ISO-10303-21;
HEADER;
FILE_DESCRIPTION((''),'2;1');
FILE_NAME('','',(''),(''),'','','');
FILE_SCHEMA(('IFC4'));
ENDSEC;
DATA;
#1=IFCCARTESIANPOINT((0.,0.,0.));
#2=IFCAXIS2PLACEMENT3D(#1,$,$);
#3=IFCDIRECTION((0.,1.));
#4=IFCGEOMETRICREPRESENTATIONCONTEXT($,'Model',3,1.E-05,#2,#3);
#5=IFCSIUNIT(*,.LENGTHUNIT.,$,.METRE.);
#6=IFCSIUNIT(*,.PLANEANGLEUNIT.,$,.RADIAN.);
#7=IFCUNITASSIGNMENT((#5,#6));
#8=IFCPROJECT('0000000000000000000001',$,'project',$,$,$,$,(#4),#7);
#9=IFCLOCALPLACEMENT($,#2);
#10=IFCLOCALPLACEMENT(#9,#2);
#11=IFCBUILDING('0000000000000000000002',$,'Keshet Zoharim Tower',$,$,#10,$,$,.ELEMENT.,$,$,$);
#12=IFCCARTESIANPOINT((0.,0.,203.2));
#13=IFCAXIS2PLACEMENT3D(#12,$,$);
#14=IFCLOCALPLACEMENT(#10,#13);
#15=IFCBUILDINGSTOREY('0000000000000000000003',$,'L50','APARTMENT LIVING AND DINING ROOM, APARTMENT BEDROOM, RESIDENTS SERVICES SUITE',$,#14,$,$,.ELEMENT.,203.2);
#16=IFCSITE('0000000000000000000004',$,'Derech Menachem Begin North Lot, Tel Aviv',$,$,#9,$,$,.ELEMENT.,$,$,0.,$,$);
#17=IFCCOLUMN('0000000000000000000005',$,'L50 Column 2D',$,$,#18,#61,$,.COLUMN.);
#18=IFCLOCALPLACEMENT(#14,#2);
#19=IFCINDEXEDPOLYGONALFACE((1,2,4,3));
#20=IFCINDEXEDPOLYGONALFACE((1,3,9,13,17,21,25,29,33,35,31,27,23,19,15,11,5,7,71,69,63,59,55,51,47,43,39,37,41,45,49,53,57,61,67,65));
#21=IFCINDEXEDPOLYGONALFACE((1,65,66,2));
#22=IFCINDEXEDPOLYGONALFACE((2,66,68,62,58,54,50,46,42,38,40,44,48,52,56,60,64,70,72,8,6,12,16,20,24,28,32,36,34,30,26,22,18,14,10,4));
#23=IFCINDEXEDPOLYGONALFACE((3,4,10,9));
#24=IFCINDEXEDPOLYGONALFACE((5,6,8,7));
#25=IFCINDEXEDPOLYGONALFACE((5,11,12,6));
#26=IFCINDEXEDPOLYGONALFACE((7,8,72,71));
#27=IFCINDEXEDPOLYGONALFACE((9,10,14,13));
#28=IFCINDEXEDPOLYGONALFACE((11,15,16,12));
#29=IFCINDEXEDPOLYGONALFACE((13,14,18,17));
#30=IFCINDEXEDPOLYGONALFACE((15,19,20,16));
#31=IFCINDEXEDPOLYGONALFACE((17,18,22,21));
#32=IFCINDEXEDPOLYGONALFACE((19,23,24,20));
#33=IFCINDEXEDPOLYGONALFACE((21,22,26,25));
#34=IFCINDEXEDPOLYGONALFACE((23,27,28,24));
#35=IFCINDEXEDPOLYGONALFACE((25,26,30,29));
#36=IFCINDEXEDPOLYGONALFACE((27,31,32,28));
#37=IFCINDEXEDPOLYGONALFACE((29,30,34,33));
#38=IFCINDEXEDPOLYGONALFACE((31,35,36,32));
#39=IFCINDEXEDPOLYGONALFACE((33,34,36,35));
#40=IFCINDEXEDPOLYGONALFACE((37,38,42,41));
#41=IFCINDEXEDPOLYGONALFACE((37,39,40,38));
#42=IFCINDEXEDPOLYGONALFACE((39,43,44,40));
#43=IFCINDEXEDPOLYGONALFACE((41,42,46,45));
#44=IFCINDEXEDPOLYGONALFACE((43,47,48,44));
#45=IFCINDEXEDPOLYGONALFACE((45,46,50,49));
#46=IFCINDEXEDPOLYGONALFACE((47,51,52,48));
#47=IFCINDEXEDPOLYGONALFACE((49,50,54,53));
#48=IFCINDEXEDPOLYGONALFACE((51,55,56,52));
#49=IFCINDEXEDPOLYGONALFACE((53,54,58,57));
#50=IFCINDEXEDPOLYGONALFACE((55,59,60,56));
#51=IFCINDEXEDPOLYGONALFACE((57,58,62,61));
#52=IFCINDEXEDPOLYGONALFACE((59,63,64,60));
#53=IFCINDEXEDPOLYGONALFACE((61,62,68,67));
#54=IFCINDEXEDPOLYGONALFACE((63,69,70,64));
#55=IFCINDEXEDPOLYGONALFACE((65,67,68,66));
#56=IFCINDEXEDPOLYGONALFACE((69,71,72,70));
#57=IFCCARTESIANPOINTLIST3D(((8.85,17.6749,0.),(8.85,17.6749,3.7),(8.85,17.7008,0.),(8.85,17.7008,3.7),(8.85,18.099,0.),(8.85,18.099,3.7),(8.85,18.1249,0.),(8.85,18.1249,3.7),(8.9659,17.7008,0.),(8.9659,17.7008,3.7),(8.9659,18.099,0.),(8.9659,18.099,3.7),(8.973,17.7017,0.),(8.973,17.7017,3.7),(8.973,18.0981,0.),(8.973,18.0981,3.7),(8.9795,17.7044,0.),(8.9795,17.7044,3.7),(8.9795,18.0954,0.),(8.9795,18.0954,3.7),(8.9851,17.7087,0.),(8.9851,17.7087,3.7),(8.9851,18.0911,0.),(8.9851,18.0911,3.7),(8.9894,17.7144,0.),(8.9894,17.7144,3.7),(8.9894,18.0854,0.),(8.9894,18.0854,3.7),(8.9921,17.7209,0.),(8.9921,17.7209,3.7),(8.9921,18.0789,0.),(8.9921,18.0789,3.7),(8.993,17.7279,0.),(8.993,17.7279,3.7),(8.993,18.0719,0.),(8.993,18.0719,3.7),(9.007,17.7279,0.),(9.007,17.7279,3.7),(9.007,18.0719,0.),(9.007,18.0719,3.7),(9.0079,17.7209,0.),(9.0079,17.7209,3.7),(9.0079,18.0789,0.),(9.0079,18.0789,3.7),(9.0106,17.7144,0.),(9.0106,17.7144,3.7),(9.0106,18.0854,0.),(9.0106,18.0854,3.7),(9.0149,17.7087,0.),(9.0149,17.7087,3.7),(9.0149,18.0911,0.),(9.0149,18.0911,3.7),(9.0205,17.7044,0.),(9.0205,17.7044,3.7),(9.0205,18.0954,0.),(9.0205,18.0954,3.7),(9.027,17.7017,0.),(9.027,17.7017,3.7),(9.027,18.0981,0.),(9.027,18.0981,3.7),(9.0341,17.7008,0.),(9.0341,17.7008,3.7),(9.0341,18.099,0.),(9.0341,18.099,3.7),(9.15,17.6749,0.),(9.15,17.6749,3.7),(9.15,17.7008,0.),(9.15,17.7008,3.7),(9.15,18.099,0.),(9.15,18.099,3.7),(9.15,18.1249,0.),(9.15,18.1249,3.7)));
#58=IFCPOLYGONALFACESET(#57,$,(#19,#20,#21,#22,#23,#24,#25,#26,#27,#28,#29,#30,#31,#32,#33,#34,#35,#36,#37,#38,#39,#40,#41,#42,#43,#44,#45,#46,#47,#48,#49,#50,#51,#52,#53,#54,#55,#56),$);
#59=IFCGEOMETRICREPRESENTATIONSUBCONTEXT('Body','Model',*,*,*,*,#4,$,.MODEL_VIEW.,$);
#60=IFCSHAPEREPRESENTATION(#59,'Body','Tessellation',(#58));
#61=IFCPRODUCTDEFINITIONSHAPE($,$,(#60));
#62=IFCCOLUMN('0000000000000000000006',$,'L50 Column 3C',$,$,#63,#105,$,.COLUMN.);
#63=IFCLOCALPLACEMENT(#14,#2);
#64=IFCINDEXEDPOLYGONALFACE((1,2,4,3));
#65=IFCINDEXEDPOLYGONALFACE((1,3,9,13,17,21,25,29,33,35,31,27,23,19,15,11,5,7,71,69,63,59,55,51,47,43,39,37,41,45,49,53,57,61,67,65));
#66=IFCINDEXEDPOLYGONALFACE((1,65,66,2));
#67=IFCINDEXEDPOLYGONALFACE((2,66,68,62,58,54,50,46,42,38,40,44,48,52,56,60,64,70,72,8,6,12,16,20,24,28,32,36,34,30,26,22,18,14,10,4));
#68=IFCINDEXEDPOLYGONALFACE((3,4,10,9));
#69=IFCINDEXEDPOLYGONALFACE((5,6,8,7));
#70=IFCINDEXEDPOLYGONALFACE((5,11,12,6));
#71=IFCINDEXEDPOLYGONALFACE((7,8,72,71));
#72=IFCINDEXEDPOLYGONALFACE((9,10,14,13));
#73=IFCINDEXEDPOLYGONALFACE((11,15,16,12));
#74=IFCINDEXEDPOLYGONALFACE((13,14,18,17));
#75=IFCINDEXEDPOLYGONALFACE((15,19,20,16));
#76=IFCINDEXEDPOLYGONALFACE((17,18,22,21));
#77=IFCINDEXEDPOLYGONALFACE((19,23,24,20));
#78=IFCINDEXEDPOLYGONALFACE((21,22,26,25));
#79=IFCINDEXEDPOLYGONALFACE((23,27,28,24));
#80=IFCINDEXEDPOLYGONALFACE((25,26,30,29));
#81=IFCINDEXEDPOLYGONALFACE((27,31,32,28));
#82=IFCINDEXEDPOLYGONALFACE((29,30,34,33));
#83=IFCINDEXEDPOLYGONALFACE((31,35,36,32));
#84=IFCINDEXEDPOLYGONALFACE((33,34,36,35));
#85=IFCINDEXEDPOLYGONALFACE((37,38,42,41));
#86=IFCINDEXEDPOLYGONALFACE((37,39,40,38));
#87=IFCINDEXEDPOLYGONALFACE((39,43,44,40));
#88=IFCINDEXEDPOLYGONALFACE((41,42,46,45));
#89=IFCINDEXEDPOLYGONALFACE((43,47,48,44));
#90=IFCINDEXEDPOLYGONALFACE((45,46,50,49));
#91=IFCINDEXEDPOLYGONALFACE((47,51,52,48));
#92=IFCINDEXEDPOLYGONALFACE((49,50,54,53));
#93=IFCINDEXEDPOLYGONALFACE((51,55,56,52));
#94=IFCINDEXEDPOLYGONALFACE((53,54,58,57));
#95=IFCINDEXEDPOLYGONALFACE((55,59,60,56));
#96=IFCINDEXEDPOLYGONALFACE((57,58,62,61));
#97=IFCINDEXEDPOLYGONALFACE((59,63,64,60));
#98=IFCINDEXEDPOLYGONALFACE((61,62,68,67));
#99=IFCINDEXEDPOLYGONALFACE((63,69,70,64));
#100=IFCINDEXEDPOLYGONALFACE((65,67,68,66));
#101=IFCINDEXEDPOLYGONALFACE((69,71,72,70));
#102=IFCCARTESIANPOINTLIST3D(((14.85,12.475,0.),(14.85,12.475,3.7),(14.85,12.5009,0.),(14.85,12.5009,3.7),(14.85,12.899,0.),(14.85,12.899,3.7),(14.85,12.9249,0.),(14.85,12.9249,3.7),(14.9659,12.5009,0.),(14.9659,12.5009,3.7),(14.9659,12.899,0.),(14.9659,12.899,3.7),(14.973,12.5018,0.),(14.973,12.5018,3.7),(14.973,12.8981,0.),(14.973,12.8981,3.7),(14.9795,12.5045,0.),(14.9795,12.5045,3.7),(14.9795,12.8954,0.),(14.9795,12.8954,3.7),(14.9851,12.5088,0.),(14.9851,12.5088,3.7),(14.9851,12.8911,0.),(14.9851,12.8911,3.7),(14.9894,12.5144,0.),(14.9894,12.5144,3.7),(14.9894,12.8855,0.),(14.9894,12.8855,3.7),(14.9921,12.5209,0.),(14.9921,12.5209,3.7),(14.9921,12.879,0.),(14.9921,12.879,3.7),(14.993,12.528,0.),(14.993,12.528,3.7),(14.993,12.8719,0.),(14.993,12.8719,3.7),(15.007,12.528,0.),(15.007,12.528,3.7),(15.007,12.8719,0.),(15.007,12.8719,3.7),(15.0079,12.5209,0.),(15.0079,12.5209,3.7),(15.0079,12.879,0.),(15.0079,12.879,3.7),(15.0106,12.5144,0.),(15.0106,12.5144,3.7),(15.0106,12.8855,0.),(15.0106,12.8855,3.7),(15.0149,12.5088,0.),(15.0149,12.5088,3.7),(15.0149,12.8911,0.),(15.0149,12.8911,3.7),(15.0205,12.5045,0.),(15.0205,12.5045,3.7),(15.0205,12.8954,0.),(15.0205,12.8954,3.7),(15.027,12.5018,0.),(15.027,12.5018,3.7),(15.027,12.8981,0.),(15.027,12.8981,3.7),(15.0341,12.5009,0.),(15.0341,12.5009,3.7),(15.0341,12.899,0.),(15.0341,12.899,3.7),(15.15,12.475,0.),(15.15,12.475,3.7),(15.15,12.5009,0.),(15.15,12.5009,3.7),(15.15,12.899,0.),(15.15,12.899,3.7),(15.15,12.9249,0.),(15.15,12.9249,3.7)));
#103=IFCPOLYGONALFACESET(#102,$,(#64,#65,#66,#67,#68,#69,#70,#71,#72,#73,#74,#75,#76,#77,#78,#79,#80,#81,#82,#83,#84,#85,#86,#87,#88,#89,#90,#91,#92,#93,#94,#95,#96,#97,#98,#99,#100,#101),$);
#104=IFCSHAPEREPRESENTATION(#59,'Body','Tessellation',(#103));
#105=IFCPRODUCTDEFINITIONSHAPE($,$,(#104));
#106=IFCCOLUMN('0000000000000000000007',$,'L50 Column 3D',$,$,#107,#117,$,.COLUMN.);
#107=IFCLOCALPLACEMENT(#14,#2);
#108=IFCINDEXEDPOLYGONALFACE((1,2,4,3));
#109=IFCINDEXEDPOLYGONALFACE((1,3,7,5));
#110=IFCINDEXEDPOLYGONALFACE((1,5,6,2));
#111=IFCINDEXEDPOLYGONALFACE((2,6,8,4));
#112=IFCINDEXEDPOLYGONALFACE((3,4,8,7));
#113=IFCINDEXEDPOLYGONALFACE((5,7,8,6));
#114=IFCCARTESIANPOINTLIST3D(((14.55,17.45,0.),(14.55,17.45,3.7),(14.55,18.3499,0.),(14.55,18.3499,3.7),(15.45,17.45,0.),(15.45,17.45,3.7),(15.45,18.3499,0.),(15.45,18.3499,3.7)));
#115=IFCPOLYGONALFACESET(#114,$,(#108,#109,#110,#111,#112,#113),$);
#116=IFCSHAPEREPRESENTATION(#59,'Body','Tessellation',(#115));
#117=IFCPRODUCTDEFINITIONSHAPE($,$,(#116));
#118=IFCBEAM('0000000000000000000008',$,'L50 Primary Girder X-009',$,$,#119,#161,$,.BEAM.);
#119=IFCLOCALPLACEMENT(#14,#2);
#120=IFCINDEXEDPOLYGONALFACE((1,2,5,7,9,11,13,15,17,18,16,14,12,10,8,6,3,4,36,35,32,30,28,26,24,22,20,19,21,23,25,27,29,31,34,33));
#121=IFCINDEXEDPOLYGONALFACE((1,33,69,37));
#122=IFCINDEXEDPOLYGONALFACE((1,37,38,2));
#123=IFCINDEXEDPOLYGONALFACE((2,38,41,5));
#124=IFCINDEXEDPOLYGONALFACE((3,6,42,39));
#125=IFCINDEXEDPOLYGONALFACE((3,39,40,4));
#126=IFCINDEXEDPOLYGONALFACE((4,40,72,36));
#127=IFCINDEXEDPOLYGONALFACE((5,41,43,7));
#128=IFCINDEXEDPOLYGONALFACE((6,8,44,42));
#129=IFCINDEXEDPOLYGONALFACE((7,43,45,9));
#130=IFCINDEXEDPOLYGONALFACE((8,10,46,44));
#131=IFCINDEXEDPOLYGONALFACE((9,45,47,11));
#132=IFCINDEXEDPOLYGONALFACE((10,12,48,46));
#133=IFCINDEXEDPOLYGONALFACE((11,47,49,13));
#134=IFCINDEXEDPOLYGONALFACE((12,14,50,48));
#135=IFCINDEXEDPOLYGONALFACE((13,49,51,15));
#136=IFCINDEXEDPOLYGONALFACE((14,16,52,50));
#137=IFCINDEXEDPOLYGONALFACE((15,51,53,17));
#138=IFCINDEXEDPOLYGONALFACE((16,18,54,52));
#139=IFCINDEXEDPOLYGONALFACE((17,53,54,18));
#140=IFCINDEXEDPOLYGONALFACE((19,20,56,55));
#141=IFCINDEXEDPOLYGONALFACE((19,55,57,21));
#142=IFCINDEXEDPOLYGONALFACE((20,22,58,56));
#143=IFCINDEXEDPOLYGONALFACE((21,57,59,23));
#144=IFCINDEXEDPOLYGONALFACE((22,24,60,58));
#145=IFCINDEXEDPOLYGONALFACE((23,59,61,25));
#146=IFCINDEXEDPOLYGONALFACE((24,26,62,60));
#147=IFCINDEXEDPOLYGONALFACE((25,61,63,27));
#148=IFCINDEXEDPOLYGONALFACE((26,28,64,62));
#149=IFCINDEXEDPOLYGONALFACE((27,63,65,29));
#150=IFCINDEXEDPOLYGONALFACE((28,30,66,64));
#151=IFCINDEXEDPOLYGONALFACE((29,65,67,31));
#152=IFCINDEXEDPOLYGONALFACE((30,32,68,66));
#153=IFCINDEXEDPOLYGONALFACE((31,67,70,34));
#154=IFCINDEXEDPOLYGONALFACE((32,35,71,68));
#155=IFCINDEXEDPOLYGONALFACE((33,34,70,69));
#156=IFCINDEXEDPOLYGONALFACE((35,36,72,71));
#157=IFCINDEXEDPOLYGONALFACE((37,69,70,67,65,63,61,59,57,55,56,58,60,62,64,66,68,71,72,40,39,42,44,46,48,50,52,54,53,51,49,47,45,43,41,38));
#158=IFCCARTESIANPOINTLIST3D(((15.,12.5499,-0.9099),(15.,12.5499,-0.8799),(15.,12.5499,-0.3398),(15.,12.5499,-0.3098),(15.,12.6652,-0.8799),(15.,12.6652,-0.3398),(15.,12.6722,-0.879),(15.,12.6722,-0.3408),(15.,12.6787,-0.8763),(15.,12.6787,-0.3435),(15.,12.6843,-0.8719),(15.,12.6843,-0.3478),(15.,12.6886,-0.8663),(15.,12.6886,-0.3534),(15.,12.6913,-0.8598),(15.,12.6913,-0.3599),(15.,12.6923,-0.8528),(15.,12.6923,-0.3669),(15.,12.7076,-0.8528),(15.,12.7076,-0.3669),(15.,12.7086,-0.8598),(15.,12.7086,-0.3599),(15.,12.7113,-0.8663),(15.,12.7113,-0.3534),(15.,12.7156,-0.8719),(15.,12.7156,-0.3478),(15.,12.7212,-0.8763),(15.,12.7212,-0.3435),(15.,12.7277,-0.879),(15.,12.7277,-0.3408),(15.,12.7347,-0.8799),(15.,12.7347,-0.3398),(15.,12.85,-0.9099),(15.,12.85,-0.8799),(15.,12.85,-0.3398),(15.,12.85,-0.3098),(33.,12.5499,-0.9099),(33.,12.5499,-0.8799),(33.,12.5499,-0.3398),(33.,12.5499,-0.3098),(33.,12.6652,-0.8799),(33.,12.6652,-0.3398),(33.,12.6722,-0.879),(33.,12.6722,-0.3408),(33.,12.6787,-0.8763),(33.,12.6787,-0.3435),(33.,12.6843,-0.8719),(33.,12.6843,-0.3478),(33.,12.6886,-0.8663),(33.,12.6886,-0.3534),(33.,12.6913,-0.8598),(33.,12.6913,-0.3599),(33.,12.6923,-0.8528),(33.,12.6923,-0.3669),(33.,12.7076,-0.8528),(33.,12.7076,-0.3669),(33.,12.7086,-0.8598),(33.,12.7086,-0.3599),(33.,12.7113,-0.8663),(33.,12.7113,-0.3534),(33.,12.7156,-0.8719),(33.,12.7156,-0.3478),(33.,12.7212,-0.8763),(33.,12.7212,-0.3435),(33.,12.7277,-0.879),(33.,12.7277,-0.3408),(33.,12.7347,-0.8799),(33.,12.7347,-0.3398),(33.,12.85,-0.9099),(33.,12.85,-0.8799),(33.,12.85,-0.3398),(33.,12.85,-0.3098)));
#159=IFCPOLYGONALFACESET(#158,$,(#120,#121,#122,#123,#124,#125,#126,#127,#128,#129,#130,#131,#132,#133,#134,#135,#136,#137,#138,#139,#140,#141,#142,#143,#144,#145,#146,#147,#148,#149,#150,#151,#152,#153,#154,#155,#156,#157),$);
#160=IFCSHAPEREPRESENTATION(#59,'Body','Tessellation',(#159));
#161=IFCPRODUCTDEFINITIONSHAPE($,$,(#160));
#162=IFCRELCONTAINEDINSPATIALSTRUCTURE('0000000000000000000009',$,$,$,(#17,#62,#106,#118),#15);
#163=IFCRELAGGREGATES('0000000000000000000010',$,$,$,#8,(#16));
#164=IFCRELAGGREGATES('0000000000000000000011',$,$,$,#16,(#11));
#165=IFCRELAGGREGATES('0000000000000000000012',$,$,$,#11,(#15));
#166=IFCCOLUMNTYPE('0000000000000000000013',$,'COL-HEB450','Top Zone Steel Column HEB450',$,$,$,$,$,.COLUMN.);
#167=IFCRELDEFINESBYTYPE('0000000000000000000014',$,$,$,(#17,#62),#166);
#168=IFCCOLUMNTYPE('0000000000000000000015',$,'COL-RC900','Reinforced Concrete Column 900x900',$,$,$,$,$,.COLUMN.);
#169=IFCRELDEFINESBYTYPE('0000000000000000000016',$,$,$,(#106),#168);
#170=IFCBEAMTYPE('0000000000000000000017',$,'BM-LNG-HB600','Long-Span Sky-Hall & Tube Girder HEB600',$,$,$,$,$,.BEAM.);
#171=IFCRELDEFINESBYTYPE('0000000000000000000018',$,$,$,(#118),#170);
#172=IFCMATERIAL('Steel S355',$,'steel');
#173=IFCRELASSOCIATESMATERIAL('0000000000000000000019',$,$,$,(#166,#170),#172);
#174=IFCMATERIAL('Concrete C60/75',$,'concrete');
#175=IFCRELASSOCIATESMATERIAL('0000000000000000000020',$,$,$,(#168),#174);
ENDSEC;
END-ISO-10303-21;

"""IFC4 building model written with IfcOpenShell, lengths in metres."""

from ifc_helpers import new_model, si_unit, direction, frame, origin, origin_2d, place, context, subcontext, project, spatial, rectangle, i_section, extrude, material, material_profile, profile_set, type_object, element, save


model = new_model("IFC4")

# Units and contexts
model_context = context("Model", 3, precision=1e-05, world=origin(), true_north=direction((0.0, 1.0)))
body_context = subcontext(model_context, "Body", "Model", "MODEL_VIEW")
ifc_project = project(units=[si_unit("LENGTHUNIT", "METRE"), si_unit("PLANEANGLEUNIT", "RADIAN")], contexts=[model_context])

# Site, building, storey
site_placement = place(None, origin())
site = spatial("IfcSite", under=ifc_project, at=site_placement, Name="Derech Menachem Begin North Lot, Tel Aviv", CompositionType="ELEMENT", RefElevation=0.0)
building_placement = place(site_placement, origin())
building = spatial("IfcBuilding", under=site, at=building_placement, Name="Keshet Zoharim Tower", CompositionType="ELEMENT")
storey_placement = place(building_placement, frame((0.0, 0.0, 203.2)))
storey = spatial("IfcBuildingStorey", under=building, at=storey_placement, Name="L50", Description="APARTMENT LIVING AND DINING ROOM, APARTMENT BEDROOM, RESIDENTS SERVICES SUITE", CompositionType="ELEMENT", Elevation=203.2)

# Columns
ifc_material_1 = material(Name="Steel S355", Category="steel")
ifc_material_profile_1 = material_profile(ifc_material_1, i_section(OverallWidth=0.3, OverallDepth=0.45, WebThickness=0.0139, FlangeThickness=0.0259, FilletRadius=0.0271, at=origin_2d()), Name="HEB450")
ifc_profile_set_1 = profile_set([ifc_material_profile_1], Name="Steel S355")
column_type_1 = type_object("IfcColumnType", Name="COL-HEB450", Description="Top Zone Steel Column HEB450", PredefinedType="COLUMN", material=ifc_profile_set_1)
for number, where, z_axis, x_axis, name in (
    (1, (9.0, 17.8999, 0.0), (0.0, 0.0, 1.0), (1.0, 0.0, 0.0), "L50 Column 2D"),
    (2, (15.0, 12.7, 0.0), (0.0, 0.0, 1.0), (1.0, 0.0, 0.0), "L50 Column 3C"),
):
    element("IfcColumn", number, at=place(storey_placement, frame(where, z_axis=z_axis, x_axis=x_axis)), inside=storey, type_object=column_type_1, Name=name, PredefinedType="COLUMN", context=body_context, shape_type="SweptSolid", body=[
        extrude(i_section(OverallWidth=0.3, OverallDepth=0.45, WebThickness=0.0139, FlangeThickness=0.0259, FilletRadius=0.0271, at=origin_2d()), origin(), (0.0, 0.0, 1.0), 3.7),
    ])
ifc_material_2 = material(Name="Concrete C60/75", Category="concrete")
ifc_material_profile_2 = material_profile(ifc_material_2, rectangle(XDim=0.8999, YDim=0.8999, at=origin_2d()), Name="RC900x900")
ifc_profile_set_2 = profile_set([ifc_material_profile_2], Name="Concrete C60/75")
column_type_2 = type_object("IfcColumnType", Name="COL-RC900", Description="Reinforced Concrete Column 900x900", PredefinedType="COLUMN", material=ifc_profile_set_2)
column_placement = place(storey_placement, frame((15.0, 17.8999, 0.0), z_axis=(0.0, 0.0, 1.0), x_axis=(1.0, 0.0, 0.0)))
element("IfcColumn", 3, at=column_placement, inside=storey, type_object=column_type_2, Name="L50 Column 3D", PredefinedType="COLUMN", context=body_context, shape_type="SweptSolid", body=[
    extrude(rectangle(XDim=0.8999, YDim=0.8999, at=origin_2d()), origin(), (0.0, 0.0, 1.0), 3.7),
])

# Beam
ifc_material_profile_3 = material_profile(ifc_material_1, i_section(OverallWidth=0.3, OverallDepth=0.6001, WebThickness=0.0154, FlangeThickness=0.03, FilletRadius=0.0271, at=origin_2d()), Name="HEB600")
ifc_profile_set_3 = profile_set([ifc_material_profile_3], Name="Steel S355")
beam_type_1 = type_object("IfcBeamType", Name="BM-LNG-HB600", Description="Long-Span Sky-Hall & Tube Girder HEB600", PredefinedType="BEAM", material=ifc_profile_set_3)
for number, where, z_axis, x_axis, name in (
    (4, (15.0, 12.7, -0.6099), (1.0, 0.0, 0.0), (0.0, 1.0, 0.0), "L50 Primary Girder X-009"),
):
    element("IfcBeam", number, at=place(storey_placement, frame(where, z_axis=z_axis, x_axis=x_axis)), inside=storey, type_object=beam_type_1, Name=name, PredefinedType="BEAM", context=body_context, shape_type="SweptSolid", body=[
        extrude(i_section(OverallWidth=0.3, OverallDepth=0.6001, WebThickness=0.0154, FlangeThickness=0.03, FilletRadius=0.0271, at=origin_2d()), origin(), (0.0, 0.0, 1.0), 18.0),
    ])

save(model, "model.ifc")
